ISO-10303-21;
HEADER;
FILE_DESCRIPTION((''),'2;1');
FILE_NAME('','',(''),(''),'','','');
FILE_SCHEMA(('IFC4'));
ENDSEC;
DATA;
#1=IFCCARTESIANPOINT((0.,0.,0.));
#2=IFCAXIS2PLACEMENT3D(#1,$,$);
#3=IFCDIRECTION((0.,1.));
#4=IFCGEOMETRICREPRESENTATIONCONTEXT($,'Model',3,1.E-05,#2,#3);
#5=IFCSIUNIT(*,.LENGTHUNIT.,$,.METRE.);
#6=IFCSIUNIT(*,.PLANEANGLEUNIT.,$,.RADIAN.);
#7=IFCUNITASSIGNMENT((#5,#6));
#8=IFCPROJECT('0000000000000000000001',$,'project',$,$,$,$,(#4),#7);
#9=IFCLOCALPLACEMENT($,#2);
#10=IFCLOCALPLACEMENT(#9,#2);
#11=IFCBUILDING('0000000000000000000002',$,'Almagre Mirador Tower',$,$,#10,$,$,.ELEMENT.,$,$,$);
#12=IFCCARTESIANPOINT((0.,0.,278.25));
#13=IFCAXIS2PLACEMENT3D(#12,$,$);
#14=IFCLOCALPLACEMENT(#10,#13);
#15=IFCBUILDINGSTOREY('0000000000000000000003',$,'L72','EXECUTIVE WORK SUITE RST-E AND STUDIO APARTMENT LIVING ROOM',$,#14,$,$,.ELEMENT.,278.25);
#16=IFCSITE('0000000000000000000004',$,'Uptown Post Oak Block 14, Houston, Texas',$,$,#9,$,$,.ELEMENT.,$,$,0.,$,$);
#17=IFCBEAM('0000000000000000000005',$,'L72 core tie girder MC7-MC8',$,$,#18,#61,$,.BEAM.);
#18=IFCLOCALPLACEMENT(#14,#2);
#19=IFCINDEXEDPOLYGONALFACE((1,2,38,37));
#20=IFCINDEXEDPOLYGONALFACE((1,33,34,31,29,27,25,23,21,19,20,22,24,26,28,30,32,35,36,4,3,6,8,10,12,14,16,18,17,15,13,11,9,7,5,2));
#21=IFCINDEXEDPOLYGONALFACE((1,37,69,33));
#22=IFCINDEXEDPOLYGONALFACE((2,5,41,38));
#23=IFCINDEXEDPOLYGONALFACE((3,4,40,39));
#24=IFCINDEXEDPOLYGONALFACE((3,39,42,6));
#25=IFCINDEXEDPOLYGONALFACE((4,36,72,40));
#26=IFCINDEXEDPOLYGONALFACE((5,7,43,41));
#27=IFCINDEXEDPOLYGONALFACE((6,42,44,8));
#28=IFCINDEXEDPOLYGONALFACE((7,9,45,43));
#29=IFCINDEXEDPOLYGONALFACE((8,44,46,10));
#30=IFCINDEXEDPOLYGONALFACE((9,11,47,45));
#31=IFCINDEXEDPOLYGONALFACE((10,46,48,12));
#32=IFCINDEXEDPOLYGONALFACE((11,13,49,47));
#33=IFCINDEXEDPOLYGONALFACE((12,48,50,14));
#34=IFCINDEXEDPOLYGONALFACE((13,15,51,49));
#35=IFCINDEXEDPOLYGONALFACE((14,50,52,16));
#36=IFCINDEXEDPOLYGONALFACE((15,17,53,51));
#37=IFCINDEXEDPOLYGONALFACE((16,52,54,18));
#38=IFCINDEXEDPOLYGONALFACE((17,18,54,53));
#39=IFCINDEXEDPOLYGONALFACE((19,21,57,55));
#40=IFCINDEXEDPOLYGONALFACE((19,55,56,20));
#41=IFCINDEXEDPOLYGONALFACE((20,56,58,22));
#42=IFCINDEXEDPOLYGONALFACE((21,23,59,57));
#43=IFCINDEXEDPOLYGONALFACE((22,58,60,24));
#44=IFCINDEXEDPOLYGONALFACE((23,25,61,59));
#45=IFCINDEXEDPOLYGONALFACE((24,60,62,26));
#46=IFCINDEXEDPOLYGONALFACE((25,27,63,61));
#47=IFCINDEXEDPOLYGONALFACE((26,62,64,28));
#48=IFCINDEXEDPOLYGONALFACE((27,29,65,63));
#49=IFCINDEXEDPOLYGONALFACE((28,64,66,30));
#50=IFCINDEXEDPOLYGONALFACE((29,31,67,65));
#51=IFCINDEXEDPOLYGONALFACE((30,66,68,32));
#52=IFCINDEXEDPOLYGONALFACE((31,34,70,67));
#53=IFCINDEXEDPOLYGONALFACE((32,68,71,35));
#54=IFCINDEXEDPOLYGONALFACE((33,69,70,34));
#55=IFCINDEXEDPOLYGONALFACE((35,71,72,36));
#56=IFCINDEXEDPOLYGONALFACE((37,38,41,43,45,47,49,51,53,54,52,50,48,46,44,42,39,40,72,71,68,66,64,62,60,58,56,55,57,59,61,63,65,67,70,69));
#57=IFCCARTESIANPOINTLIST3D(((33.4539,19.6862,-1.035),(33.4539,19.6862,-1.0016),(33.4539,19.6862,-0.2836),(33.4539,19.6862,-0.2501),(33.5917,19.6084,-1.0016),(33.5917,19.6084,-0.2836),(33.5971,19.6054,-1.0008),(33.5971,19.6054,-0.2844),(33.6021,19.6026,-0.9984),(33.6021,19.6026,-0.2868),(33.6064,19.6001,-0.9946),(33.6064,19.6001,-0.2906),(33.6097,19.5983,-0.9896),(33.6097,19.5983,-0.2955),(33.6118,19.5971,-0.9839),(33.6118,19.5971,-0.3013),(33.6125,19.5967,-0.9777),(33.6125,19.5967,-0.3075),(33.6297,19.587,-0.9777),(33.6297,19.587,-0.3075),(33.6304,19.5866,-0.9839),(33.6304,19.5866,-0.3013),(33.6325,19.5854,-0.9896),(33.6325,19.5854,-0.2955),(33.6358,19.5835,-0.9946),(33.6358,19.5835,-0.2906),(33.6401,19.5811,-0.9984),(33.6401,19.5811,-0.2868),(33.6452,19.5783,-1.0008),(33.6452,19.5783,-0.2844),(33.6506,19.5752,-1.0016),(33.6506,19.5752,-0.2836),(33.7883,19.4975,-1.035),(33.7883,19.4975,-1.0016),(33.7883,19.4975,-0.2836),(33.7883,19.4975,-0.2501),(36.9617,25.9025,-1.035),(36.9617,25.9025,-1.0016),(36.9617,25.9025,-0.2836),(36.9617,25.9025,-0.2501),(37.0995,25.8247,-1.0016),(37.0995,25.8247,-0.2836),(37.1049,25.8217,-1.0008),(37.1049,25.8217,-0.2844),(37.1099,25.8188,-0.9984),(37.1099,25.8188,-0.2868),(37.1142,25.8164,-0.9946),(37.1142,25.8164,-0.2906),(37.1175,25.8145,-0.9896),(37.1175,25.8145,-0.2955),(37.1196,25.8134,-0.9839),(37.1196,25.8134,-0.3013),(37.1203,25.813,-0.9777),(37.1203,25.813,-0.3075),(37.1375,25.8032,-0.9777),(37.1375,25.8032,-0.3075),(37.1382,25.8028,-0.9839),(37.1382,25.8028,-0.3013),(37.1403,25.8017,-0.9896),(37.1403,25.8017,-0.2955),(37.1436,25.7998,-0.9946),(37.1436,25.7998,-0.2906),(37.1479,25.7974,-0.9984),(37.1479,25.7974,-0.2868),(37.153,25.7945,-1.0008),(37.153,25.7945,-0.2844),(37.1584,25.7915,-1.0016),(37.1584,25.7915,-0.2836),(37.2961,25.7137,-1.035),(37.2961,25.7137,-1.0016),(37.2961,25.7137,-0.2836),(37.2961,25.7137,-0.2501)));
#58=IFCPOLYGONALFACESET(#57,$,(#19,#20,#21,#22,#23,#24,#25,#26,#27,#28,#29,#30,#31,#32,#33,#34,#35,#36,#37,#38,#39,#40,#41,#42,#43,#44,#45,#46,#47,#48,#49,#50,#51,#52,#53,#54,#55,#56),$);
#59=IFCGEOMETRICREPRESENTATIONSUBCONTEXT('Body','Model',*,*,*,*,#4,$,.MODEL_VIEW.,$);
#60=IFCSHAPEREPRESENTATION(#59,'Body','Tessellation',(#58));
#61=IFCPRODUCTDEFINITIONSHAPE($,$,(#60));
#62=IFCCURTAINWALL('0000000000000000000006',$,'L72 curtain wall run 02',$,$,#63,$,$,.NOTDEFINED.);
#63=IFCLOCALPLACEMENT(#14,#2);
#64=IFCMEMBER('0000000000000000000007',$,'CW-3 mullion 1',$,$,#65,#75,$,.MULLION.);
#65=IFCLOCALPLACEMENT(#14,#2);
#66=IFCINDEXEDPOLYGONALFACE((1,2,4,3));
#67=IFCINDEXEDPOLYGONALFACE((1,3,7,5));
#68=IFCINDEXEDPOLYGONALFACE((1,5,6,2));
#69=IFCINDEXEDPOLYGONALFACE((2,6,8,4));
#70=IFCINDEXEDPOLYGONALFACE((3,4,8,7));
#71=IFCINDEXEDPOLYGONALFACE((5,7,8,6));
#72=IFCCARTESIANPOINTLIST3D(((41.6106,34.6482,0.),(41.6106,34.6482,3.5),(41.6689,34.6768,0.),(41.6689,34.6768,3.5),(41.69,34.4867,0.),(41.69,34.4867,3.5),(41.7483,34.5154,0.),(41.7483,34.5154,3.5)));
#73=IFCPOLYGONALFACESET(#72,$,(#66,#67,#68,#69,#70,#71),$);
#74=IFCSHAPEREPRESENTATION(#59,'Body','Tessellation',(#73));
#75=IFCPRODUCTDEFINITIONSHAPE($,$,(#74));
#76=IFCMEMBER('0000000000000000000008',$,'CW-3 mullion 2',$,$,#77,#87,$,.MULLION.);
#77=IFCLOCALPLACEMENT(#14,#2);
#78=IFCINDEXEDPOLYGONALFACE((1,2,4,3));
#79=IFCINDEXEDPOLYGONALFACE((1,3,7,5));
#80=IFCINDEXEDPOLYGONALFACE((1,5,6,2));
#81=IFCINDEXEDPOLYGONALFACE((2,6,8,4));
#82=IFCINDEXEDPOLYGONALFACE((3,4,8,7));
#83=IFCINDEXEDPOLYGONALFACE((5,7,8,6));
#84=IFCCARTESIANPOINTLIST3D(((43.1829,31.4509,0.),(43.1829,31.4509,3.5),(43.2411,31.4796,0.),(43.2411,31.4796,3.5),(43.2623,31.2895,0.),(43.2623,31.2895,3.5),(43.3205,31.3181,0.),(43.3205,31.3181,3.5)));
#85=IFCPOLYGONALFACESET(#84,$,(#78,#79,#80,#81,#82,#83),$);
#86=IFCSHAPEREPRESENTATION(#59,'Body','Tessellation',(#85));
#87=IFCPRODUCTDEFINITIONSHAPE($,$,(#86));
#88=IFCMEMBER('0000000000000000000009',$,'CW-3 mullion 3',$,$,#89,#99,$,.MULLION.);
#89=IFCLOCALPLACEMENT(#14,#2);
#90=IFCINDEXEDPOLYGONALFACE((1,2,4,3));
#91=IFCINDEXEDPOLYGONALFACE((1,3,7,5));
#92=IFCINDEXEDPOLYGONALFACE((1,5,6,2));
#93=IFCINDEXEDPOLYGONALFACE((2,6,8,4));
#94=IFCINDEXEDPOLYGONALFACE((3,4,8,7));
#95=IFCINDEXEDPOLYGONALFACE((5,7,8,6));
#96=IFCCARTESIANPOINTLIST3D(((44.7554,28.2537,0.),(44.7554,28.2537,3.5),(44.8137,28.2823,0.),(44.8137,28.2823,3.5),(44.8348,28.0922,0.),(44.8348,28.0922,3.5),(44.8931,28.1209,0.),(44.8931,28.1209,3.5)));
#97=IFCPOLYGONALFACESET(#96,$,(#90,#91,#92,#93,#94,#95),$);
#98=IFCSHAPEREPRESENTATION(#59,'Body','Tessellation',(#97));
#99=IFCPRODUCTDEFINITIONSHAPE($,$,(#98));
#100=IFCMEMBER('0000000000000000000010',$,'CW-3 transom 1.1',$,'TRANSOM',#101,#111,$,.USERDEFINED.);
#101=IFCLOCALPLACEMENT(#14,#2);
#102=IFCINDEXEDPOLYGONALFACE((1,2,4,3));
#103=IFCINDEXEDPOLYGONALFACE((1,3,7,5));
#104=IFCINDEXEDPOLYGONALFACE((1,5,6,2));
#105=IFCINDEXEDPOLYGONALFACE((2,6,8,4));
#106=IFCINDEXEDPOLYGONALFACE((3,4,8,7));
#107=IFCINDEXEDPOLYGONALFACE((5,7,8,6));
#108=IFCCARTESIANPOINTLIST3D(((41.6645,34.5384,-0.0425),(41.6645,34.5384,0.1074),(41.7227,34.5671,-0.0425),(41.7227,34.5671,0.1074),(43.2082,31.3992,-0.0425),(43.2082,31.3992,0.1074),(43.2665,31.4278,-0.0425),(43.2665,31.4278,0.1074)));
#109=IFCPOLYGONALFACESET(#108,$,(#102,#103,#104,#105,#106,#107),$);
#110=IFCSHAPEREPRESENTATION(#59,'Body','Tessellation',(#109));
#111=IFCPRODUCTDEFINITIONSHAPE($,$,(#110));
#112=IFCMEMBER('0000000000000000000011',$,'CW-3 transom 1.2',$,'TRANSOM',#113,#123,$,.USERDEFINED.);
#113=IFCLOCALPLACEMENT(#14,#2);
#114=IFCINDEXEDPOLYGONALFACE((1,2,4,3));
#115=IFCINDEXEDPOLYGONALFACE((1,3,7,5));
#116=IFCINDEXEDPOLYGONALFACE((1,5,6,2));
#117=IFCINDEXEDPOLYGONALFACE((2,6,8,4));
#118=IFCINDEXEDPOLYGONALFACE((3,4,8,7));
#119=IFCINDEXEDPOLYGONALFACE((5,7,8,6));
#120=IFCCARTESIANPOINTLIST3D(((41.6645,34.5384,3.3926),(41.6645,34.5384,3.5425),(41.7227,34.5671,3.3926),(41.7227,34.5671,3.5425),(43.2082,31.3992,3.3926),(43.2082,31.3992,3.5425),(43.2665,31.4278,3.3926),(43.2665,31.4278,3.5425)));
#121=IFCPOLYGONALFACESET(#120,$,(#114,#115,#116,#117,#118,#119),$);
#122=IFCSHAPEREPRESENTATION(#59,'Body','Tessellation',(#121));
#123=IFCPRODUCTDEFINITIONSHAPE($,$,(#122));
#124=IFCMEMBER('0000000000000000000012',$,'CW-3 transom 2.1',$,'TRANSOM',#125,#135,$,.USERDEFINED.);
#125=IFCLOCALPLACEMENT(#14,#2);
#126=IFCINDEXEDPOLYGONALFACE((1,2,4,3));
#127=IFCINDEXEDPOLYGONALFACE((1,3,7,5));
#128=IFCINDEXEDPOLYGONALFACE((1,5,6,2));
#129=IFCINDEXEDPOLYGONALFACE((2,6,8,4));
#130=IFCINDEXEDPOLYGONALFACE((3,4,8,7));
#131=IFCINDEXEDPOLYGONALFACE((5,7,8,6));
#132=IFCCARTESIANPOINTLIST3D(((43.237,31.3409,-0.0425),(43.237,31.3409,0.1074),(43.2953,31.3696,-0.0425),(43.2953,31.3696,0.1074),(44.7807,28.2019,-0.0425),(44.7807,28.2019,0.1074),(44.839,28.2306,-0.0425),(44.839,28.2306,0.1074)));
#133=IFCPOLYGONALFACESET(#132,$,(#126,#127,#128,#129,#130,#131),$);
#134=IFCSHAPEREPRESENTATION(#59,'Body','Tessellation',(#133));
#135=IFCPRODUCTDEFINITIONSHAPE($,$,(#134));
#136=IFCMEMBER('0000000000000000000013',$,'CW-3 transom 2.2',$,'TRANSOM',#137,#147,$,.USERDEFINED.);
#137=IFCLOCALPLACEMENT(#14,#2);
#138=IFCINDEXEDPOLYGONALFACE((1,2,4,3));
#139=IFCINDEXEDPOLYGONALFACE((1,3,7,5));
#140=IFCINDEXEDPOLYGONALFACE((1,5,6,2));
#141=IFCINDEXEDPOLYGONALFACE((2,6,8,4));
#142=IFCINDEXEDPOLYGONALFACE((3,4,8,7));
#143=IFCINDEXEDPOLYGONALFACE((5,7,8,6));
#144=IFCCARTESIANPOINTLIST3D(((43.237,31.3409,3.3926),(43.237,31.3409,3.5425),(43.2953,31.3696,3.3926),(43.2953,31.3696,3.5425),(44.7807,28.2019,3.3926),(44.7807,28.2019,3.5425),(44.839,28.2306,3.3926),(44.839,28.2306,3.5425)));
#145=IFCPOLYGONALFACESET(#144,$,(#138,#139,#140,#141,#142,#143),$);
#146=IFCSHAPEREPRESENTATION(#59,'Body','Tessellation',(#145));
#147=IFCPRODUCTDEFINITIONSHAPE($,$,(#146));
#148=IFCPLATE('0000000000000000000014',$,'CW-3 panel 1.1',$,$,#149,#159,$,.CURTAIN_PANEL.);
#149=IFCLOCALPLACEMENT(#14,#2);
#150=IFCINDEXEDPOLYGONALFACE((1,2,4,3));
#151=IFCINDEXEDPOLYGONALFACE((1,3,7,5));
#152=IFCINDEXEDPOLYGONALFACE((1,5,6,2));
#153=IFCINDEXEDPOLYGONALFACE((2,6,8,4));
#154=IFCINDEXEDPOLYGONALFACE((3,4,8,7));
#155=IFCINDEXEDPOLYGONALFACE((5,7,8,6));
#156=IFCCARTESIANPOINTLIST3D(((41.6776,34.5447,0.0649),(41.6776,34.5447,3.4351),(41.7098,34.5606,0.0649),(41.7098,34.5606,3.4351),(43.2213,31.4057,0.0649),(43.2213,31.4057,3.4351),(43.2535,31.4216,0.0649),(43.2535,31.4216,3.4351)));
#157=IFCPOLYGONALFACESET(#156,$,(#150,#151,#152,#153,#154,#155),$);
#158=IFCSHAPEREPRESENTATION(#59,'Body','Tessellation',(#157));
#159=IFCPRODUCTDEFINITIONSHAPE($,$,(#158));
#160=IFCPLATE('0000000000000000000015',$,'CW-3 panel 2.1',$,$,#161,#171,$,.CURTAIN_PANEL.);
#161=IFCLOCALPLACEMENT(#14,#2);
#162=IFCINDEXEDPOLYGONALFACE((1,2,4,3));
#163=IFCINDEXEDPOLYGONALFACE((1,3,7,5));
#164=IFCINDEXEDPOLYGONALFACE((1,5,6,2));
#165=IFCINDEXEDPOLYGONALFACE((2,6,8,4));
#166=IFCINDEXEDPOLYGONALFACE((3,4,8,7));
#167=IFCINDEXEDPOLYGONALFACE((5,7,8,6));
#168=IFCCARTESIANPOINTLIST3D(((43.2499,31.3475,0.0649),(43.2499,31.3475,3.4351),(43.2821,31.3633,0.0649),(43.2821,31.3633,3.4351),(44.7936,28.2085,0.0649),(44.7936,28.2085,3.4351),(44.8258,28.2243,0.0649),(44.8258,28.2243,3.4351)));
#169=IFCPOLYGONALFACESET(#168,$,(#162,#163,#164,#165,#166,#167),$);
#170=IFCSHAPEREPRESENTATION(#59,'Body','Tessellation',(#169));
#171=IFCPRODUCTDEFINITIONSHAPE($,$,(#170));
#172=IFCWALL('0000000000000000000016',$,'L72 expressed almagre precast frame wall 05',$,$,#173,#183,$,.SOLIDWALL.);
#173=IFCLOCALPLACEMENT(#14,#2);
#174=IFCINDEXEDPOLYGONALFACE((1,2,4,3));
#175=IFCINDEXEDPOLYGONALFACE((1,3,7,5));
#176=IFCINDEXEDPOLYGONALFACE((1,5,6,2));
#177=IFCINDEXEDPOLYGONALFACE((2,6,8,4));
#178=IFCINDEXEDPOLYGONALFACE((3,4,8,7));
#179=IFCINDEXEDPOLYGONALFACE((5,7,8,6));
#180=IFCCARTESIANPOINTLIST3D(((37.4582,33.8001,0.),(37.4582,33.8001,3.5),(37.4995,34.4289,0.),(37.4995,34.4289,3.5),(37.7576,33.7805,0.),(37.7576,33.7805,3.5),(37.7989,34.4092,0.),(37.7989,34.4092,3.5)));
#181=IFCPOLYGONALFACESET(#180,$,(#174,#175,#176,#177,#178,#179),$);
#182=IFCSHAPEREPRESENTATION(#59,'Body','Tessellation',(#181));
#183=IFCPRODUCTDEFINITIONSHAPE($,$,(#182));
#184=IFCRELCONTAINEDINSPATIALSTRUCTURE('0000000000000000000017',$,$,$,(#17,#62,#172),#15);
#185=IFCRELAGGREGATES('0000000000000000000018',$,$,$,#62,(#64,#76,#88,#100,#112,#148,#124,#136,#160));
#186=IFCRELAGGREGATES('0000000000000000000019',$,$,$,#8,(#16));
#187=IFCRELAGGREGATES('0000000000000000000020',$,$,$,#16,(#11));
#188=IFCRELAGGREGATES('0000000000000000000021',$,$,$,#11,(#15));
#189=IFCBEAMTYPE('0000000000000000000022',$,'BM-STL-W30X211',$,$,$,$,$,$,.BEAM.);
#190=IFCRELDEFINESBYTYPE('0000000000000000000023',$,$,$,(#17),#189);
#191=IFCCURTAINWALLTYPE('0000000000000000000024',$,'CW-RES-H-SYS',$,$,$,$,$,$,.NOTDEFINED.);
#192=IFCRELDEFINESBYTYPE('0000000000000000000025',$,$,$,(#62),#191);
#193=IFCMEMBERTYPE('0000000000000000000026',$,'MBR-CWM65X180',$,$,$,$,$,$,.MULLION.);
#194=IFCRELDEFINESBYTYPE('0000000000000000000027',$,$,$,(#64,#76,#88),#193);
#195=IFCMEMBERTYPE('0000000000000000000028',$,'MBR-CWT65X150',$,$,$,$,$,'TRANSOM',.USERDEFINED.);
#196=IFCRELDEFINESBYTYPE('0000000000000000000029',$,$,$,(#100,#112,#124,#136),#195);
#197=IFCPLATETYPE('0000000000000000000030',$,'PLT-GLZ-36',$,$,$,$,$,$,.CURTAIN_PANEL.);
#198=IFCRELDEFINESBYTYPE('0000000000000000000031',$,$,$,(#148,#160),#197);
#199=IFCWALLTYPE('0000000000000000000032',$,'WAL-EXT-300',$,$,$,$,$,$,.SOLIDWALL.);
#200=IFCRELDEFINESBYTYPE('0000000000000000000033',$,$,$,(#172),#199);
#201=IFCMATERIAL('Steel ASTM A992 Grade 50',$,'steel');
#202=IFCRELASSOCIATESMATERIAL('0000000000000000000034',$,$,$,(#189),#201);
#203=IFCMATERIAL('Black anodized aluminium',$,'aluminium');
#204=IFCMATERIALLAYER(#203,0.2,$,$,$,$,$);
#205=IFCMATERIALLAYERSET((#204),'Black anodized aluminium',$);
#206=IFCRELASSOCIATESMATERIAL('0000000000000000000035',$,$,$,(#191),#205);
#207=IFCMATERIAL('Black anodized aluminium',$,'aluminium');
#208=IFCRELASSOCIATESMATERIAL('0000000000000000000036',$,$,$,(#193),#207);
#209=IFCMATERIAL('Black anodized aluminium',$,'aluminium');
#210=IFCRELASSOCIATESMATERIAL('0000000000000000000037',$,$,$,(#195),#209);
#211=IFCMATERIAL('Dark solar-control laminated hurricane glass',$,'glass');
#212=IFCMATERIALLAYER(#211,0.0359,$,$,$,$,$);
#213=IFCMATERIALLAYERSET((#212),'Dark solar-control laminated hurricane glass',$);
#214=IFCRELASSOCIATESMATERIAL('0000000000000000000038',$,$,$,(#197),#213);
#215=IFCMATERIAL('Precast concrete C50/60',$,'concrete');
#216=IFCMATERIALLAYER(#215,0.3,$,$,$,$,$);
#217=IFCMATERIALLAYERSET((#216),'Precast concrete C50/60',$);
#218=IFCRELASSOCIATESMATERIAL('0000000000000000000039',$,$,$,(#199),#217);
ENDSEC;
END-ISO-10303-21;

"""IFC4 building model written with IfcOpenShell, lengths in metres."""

from ifc_helpers import new_model, si_unit, direction, frame, frame_2d, origin, origin_2d, place, context, subcontext, project, spatial, rectangle, i_section, extrude, material, layer, layer_set, material_profile, profile_set, type_object, element, aggregate, save


model = new_model("IFC4")

# Units and contexts
model_context = context("Model", 3, precision=1e-05, world=origin(), true_north=direction((0.0, 1.0)))
body_context = subcontext(model_context, "Body", "Model", "MODEL_VIEW")
ifc_project = project(units=[si_unit("LENGTHUNIT", "METRE"), si_unit("PLANEANGLEUNIT", "RADIAN")], contexts=[model_context])

# Site, building, storey
site_placement = place(None, origin())
site = spatial("IfcSite", under=ifc_project, at=site_placement, Name="Uptown Post Oak Block 14, Houston, Texas", CompositionType="ELEMENT", RefElevation=0.0)
building_placement = place(site_placement, origin())
building = spatial("IfcBuilding", under=site, at=building_placement, Name="Almagre Mirador Tower", CompositionType="ELEMENT")
storey_placement = place(building_placement, frame((0.0, 0.0, 278.25)))
storey = spatial("IfcBuildingStorey", under=building, at=storey_placement, Name="L72", Description="EXECUTIVE WORK SUITE RST-E AND STUDIO APARTMENT LIVING ROOM", CompositionType="ELEMENT", Elevation=278.25)

# Beam
ifc_material_1 = material(Name="Steel ASTM A992 Grade 50", Category="steel")
ifc_material_profile_1 = material_profile(ifc_material_1, i_section(OverallWidth=0.384, OverallDepth=0.7849, WebThickness=0.0198, FlangeThickness=0.0334, FilletRadius=0.0239, at=origin_2d()), Name="W30X211")
ifc_profile_set_1 = profile_set([ifc_material_profile_1], Name="Steel ASTM A992 Grade 50")
beam_type_1 = type_object("IfcBeamType", Name="BM-STL-W30X211", PredefinedType="BEAM", material=ifc_profile_set_1)
beam_1_placement = place(storey_placement, frame((37.1289, 25.8081, -0.6426), z_axis=(-0.491446, -0.870908, 0.0), x_axis=(0.870908, -0.491446, 0.0)))
element("IfcBeam", 1, at=beam_1_placement, inside=storey, type_object=beam_type_1, Name="L72 core tie girder MC7-MC8", PredefinedType="BEAM", context=body_context, shape_type="SweptSolid", body=[
    extrude(i_section(OverallWidth=0.384, OverallDepth=0.7849, WebThickness=0.0198, FlangeThickness=0.0334, FilletRadius=0.0239, at=origin_2d()), origin(), (0.0, 0.0, 1.0), 7.1377),
])

# Curtain wall, members, plates
ifc_material_2 = material(Name="Black anodized aluminium", Category="aluminium")
ifc_layer_1 = layer(ifc_material_2, 0.2)
ifc_layer_set_1 = layer_set([ifc_layer_1], Name="Black anodized aluminium")
curtain_wall_type = type_object("IfcCurtainWallType", Name="CW-RES-H-SYS", PredefinedType="NOTDEFINED", material=ifc_layer_set_1)
curtain_wall_placement = place(storey_placement, origin())
curtain_wall = element("IfcCurtainWall", 2, at=curtain_wall_placement, inside=storey, type_object=curtain_wall_type, Name="L72 curtain wall run 02", PredefinedType="NOTDEFINED")
ifc_material_3 = material(Name="Black anodized aluminium", Category="aluminium")
ifc_material_profile_2 = material_profile(ifc_material_3, rectangle(XDim=0.0649, YDim=0.1799, at=origin_2d()), Name="CWM65X180")
ifc_profile_set_2 = profile_set([ifc_material_profile_2], Name="Black anodized aluminium")
member_type_1 = type_object("IfcMemberType", Name="MBR-CWM65X180", PredefinedType="MULLION", material=ifc_profile_set_2)
member_1_placement = place(storey_placement, frame((41.6794, 34.5818, 0.0), z_axis=(0.0, 0.0, 1.0), x_axis=(0.897356, 0.441308, 0.0)))
member_1 = element("IfcMember", 3, at=member_1_placement, type_object=member_type_1, Name="CW-3 mullion 1", PredefinedType="MULLION", context=body_context, shape_type="SweptSolid", body=[
    extrude(rectangle(XDim=0.0649, YDim=0.1799, at=origin_2d()), origin(), (0.0, 0.0, 1.0), 3.5),
])
member_2_placement = place(storey_placement, frame((43.2517, 31.3845, 0.0), z_axis=(0.0, 0.0, 1.0), x_axis=(0.897356, 0.441308, 0.0)))
member_2 = element("IfcMember", 4, at=member_2_placement, type_object=member_type_1, Name="CW-3 mullion 2", PredefinedType="MULLION", context=body_context, shape_type="SweptSolid", body=[
    extrude(rectangle(XDim=0.0649, YDim=0.1799, at=origin_2d()), origin(), (0.0, 0.0, 1.0), 3.5),
])
member_3_placement = place(storey_placement, frame((44.8242, 28.1873, 0.0), z_axis=(0.0, 0.0, 1.0), x_axis=(0.897356, 0.441308, 0.0)))
member_3 = element("IfcMember", 5, at=member_3_placement, type_object=member_type_1, Name="CW-3 mullion 3", PredefinedType="MULLION", context=body_context, shape_type="SweptSolid", body=[
    extrude(rectangle(XDim=0.0649, YDim=0.1799, at=origin_2d()), origin(), (0.0, 0.0, 1.0), 3.5),
])
ifc_material_4 = material(Name="Black anodized aluminium", Category="aluminium")
ifc_material_profile_3 = material_profile(ifc_material_4, rectangle(XDim=0.0649, YDim=0.1499, at=origin_2d()), Name="CWT65X150")
ifc_profile_set_3 = profile_set([ifc_material_profile_3], Name="Black anodized aluminium")
member_type_2 = type_object("IfcMemberType", Name="MBR-CWT65X150", ElementType="TRANSOM", PredefinedType="USERDEFINED", material=ifc_profile_set_3)
member_4_placement = place(storey_placement, frame((41.6936, 34.5527, 0.0325), z_axis=(0.441286, -0.897367, 0.0), x_axis=(0.897367, 0.441286, 0.0)))
member_4 = element("IfcMember", 6, at=member_4_placement, type_object=member_type_2, Name="CW-3 transom 1.1", ObjectType="TRANSOM", PredefinedType="USERDEFINED", context=body_context, shape_type="SweptSolid", body=[
    extrude(rectangle(XDim=0.0649, YDim=0.1499, at=origin_2d()), origin(), (0.0, 0.0, 1.0), 3.4983),
])
member_5_placement = place(storey_placement, frame((41.6936, 34.5527, 3.4675), z_axis=(0.441286, -0.897367, 0.0), x_axis=(0.897367, 0.441286, 0.0)))
member_5 = element("IfcMember", 7, at=member_5_placement, type_object=member_type_2, Name="CW-3 transom 1.2", ObjectType="TRANSOM", PredefinedType="USERDEFINED", context=body_context, shape_type="SweptSolid", body=[
    extrude(rectangle(XDim=0.0649, YDim=0.1499, at=origin_2d()), origin(), (0.0, 0.0, 1.0), 3.4983),
])
member_6_placement = place(storey_placement, frame((43.2661, 31.3552, 0.0325), z_axis=(0.441313, -0.897353, 0.0), x_axis=(0.897353, 0.441313, 0.0)))
member_6 = element("IfcMember", 8, at=member_6_placement, type_object=member_type_2, Name="CW-3 transom 2.1", ObjectType="TRANSOM", PredefinedType="USERDEFINED", context=body_context, shape_type="SweptSolid", body=[
    extrude(rectangle(XDim=0.0649, YDim=0.1499, at=origin_2d()), origin(), (0.0, 0.0, 1.0), 3.498),
])
member_7_placement = place(storey_placement, frame((43.2661, 31.3552, 3.4675), z_axis=(0.441313, -0.897353, 0.0), x_axis=(0.897353, 0.441313, 0.0)))
member_7 = element("IfcMember", 9, at=member_7_placement, type_object=member_type_2, Name="CW-3 transom 2.2", ObjectType="TRANSOM", PredefinedType="USERDEFINED", context=body_context, shape_type="SweptSolid", body=[
    extrude(rectangle(XDim=0.0649, YDim=0.1499, at=origin_2d()), origin(), (0.0, 0.0, 1.0), 3.498),
])
ifc_material_5 = material(Name="Dark solar-control laminated hurricane glass", Category="glass")
ifc_layer_2 = layer(ifc_material_5, 0.0359)
ifc_layer_set_2 = layer_set([ifc_layer_2], Name="Dark solar-control laminated hurricane glass")
plate_type = type_object("IfcPlateType", Name="PLT-GLZ-36", PredefinedType="CURTAIN_PANEL", material=ifc_layer_set_2)
plate_1_placement = place(storey_placement, frame((42.4656, 32.9832, 0.0649), z_axis=(0.0, 0.0, 1.0), x_axis=(0.441308, -0.897356, 0.0)))
plate_1 = element("IfcPlate", 10, at=plate_1_placement, type_object=plate_type, Name="CW-3 panel 1.1", PredefinedType="CURTAIN_PANEL", context=body_context, shape_type="SweptSolid", body=[
    extrude(rectangle(XDim=3.498, YDim=0.0359, at=origin_2d()), origin(), (0.0, 0.0, 1.0), 3.3701),
])
plate_2_placement = place(storey_placement, frame((44.0378, 29.7859, 0.0649), z_axis=(0.0, 0.0, 1.0), x_axis=(0.441308, -0.897356, 0.0)))
plate_2 = element("IfcPlate", 11, at=plate_2_placement, type_object=plate_type, Name="CW-3 panel 2.1", PredefinedType="CURTAIN_PANEL", context=body_context, shape_type="SweptSolid", body=[
    extrude(rectangle(XDim=3.498, YDim=0.0359, at=origin_2d()), origin(), (0.0, 0.0, 1.0), 3.3701),
])
aggregate(curtain_wall, [member_1, member_2, member_3, member_4, member_5, plate_1, member_6, member_7, plate_2])

# Wall
ifc_material_6 = material(Name="Precast concrete C50/60", Category="concrete")
ifc_layer_3 = layer(ifc_material_6, 0.3)
ifc_layer_set_3 = layer_set([ifc_layer_3], Name="Precast concrete C50/60")
wall_type_1 = type_object("IfcWallType", Name="WAL-EXT-300", PredefinedType="SOLIDWALL", material=ifc_layer_set_3)
wall_1_placement = place(storey_placement, frame((37.6492, 34.4189, 0.0), z_axis=(0.0, 0.0, 1.0), x_axis=(-0.06549, -0.997853, 0.0)))
element("IfcWall", 12, at=wall_1_placement, inside=storey, type_object=wall_type_1, Name="L72 expressed almagre precast frame wall 05", PredefinedType="SOLIDWALL", context=body_context, shape_type="SweptSolid", body=[
    extrude(rectangle(XDim=0.6301, YDim=0.3, at=frame_2d((0.3149, 0.0))), origin(), (0.0, 0.0, 1.0), 3.5),
])

save(model, "model.ifc")
